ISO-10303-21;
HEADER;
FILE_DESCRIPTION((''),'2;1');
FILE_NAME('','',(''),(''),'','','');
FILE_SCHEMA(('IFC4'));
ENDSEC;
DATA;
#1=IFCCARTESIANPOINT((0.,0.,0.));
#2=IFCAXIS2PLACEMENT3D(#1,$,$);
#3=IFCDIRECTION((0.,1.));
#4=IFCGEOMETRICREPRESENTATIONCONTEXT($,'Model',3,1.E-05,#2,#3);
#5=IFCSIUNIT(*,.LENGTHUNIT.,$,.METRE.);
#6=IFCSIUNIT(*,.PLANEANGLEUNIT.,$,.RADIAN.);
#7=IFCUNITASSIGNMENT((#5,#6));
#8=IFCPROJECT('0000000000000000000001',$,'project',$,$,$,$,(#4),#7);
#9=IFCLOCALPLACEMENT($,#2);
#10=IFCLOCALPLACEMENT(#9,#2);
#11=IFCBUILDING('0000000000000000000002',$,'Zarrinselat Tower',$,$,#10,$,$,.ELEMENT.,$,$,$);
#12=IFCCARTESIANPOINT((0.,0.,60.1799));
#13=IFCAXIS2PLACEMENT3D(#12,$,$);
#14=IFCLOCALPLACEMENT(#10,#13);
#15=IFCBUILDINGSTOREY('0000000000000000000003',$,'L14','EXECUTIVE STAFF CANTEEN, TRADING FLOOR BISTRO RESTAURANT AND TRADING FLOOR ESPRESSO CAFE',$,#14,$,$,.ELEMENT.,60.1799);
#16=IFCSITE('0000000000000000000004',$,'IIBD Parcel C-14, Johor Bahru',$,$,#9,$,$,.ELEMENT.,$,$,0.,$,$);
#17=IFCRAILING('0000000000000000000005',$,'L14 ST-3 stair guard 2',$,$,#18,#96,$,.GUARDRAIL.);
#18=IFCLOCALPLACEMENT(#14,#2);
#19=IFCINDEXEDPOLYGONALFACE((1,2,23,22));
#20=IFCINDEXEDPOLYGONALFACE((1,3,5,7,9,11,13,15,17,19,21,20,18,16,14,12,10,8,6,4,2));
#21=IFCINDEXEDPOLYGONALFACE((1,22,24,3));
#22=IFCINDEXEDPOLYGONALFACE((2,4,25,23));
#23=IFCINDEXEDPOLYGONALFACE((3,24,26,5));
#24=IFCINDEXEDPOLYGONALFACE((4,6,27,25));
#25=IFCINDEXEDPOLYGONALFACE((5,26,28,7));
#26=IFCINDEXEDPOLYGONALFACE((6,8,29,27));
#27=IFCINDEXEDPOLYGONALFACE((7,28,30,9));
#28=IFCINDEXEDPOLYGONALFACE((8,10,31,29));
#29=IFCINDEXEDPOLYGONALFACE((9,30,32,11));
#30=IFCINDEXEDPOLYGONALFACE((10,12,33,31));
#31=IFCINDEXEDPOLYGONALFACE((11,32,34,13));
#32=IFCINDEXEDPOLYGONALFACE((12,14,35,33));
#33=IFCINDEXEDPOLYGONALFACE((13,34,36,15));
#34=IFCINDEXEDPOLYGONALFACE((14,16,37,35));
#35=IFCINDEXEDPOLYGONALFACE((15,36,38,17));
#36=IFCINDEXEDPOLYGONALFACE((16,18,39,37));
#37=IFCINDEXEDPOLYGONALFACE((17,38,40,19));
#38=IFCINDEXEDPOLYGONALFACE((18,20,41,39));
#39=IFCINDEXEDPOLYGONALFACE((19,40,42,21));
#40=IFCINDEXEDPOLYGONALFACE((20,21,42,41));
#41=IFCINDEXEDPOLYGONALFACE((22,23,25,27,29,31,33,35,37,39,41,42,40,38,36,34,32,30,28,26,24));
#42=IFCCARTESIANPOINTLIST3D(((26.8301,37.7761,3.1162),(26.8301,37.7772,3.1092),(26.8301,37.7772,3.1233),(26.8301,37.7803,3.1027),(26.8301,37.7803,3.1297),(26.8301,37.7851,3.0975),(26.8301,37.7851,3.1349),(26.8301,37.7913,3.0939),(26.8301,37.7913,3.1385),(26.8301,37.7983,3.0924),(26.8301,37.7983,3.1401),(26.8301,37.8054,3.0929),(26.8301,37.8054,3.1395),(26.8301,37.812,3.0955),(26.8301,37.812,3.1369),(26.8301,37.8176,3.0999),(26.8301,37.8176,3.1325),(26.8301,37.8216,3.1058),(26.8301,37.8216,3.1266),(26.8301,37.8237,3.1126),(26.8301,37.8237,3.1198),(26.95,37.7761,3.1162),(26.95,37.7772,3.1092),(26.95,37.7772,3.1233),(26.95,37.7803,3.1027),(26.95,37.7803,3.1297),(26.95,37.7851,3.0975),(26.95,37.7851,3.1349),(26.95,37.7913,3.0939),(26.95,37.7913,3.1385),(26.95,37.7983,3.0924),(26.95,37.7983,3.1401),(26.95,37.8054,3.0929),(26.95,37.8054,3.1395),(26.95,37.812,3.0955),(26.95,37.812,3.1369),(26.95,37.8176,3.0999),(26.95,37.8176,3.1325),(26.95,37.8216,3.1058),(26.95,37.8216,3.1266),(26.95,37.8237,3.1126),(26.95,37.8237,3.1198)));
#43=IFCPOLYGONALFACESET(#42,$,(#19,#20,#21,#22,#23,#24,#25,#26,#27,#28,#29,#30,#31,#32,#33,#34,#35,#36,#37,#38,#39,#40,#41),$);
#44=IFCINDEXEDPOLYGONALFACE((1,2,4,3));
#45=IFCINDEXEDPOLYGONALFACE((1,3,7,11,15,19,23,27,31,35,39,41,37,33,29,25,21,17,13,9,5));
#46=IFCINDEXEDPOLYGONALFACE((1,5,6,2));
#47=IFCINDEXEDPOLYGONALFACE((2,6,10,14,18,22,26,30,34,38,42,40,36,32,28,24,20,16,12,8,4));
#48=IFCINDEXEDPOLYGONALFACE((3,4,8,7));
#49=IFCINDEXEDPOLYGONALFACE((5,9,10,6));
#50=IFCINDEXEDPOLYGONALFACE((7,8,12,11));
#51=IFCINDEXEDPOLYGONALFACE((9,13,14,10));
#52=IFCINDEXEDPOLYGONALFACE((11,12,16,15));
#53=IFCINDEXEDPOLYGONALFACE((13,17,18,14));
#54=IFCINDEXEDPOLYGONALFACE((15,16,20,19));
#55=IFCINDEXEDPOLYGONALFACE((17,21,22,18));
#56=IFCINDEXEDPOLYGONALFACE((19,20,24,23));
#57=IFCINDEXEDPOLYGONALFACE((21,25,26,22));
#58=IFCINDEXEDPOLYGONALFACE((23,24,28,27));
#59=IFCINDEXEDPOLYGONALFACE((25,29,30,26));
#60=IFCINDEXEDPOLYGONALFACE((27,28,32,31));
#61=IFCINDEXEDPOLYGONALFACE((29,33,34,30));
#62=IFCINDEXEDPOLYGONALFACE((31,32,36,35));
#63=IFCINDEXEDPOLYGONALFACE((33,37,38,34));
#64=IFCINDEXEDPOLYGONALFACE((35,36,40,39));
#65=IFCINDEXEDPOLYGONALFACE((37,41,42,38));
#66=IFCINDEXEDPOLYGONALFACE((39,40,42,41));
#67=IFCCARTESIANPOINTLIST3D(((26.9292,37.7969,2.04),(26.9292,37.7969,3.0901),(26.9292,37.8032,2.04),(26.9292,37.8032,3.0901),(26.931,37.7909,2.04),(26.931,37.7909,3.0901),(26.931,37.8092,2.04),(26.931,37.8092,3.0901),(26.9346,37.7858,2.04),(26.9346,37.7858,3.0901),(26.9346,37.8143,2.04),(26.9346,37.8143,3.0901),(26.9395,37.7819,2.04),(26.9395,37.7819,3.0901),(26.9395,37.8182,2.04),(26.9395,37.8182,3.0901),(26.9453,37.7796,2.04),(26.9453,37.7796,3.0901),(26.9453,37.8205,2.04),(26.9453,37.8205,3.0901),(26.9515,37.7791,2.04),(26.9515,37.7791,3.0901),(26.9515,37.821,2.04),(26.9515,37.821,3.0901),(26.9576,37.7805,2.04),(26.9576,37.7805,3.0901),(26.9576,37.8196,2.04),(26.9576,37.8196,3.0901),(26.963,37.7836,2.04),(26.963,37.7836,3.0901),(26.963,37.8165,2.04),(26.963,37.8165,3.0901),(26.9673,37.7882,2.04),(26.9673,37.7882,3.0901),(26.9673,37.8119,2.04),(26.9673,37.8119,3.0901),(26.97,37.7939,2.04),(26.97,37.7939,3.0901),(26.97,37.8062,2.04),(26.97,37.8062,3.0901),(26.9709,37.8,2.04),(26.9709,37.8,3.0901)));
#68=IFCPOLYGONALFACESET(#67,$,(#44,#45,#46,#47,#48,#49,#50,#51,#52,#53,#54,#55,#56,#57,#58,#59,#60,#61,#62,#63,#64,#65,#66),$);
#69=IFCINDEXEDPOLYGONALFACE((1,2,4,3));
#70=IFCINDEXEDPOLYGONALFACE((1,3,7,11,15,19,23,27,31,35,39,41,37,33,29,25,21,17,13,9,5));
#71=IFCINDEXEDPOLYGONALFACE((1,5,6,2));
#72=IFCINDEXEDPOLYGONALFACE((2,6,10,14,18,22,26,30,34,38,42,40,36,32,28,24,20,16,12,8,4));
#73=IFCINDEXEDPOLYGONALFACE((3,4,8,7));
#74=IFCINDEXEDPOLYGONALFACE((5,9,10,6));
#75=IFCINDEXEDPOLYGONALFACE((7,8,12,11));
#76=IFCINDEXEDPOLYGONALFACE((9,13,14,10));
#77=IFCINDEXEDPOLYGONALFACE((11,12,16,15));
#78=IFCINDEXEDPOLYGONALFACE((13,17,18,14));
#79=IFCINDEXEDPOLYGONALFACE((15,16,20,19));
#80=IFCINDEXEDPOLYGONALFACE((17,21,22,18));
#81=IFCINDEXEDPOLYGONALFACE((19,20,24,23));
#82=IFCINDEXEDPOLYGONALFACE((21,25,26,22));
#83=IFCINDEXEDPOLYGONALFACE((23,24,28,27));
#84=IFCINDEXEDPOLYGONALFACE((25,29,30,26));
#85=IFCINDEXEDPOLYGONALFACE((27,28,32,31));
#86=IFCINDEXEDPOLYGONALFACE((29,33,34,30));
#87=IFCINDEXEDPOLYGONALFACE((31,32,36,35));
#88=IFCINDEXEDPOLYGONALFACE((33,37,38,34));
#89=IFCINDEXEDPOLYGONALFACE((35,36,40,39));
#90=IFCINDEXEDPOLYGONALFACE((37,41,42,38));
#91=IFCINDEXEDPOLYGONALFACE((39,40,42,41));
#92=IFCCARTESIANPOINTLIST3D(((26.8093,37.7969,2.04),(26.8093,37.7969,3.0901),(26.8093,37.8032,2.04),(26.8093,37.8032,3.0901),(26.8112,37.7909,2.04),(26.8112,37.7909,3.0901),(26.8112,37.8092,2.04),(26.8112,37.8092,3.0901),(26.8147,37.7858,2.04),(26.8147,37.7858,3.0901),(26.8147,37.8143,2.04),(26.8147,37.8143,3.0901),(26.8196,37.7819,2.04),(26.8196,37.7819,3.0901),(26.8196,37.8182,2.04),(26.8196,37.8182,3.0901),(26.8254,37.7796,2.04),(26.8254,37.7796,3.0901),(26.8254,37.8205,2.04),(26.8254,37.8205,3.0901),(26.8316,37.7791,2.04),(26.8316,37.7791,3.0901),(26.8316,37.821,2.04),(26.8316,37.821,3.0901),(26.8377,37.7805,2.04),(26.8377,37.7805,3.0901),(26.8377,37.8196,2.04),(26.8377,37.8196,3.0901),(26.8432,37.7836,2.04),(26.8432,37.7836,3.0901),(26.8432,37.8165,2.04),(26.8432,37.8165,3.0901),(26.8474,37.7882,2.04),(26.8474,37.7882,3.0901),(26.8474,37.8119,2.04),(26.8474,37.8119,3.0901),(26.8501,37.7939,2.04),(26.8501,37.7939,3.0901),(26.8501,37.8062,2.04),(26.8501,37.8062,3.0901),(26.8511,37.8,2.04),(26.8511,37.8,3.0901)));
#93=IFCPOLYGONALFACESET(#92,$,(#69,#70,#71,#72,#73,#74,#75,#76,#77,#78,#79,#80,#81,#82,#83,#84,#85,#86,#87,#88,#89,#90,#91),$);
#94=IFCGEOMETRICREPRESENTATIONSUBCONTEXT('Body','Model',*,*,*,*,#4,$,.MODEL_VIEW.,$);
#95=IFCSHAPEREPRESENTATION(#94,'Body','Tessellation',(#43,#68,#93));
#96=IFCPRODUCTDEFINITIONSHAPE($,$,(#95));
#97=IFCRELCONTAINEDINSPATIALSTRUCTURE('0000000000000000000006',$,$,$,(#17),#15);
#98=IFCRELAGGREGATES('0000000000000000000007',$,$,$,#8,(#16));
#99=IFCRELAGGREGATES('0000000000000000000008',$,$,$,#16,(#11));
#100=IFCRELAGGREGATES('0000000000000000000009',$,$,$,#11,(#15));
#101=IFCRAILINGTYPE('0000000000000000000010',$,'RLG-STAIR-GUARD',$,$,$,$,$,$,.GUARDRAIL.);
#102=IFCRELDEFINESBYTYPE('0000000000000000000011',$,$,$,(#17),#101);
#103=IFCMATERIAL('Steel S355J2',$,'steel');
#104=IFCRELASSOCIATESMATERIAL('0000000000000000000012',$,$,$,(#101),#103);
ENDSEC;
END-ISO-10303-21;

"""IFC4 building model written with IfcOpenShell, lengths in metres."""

from ifc_helpers import new_model, si_unit, direction, frame, origin, origin_2d, place, context, subcontext, project, spatial, circle, extrude, material, type_object, element, save


model = new_model("IFC4")

# Units and contexts
model_context = context("Model", 3, precision=1e-05, world=origin(), true_north=direction((0.0, 1.0)))
body_context = subcontext(model_context, "Body", "Model", "MODEL_VIEW")
ifc_project = project(units=[si_unit("LENGTHUNIT", "METRE"), si_unit("PLANEANGLEUNIT", "RADIAN")], contexts=[model_context])

# Site, building, storey
site_placement = place(None, origin())
site = spatial("IfcSite", under=ifc_project, at=site_placement, Name="IIBD Parcel C-14, Johor Bahru", CompositionType="ELEMENT", RefElevation=0.0)
building_placement = place(site_placement, origin())
building = spatial("IfcBuilding", under=site, at=building_placement, Name="Zarrinselat Tower", CompositionType="ELEMENT")
storey_placement = place(building_placement, frame((0.0, 0.0, 60.1799)))
storey = spatial("IfcBuildingStorey", under=building, at=storey_placement, Name="L14", Description="EXECUTIVE STAFF CANTEEN, TRADING FLOOR BISTRO RESTAURANT AND TRADING FLOOR ESPRESSO CAFE", CompositionType="ELEMENT", Elevation=60.1799)

# Railing
ifc_material_1 = material(Name="Steel S355J2", Category="steel")
railing_type_1 = type_object("IfcRailingType", Name="RLG-STAIR-GUARD", PredefinedType="GUARDRAIL", material=ifc_material_1)
railing_1_placement = place(storey_placement, frame((26.95, 37.8, 2.04)))
element("IfcRailing", 1, at=railing_1_placement, inside=storey, type_object=railing_type_1, Name="L14 ST-3 stair guard 2", PredefinedType="GUARDRAIL", context=body_context, shape_type="SweptSolid", body=[
    extrude(circle(Radius=0.0239, at=origin_2d()), frame((0.0, 0.0, 1.0762), z_axis=(-1.0, 0.0, 0.0), x_axis=(0.0, -1.0, 0.0)), (0.0, 0.0, 1.0), 0.1199),
    extrude(circle(Radius=0.021, at=origin_2d()), origin(), (0.0, 0.0, 1.0), 1.05),
    extrude(circle(Radius=0.021, at=origin_2d()), frame((-0.1199, 0.0, 0.0)), (0.0, 0.0, 1.0), 1.05),
])

save(model, "model.ifc")
